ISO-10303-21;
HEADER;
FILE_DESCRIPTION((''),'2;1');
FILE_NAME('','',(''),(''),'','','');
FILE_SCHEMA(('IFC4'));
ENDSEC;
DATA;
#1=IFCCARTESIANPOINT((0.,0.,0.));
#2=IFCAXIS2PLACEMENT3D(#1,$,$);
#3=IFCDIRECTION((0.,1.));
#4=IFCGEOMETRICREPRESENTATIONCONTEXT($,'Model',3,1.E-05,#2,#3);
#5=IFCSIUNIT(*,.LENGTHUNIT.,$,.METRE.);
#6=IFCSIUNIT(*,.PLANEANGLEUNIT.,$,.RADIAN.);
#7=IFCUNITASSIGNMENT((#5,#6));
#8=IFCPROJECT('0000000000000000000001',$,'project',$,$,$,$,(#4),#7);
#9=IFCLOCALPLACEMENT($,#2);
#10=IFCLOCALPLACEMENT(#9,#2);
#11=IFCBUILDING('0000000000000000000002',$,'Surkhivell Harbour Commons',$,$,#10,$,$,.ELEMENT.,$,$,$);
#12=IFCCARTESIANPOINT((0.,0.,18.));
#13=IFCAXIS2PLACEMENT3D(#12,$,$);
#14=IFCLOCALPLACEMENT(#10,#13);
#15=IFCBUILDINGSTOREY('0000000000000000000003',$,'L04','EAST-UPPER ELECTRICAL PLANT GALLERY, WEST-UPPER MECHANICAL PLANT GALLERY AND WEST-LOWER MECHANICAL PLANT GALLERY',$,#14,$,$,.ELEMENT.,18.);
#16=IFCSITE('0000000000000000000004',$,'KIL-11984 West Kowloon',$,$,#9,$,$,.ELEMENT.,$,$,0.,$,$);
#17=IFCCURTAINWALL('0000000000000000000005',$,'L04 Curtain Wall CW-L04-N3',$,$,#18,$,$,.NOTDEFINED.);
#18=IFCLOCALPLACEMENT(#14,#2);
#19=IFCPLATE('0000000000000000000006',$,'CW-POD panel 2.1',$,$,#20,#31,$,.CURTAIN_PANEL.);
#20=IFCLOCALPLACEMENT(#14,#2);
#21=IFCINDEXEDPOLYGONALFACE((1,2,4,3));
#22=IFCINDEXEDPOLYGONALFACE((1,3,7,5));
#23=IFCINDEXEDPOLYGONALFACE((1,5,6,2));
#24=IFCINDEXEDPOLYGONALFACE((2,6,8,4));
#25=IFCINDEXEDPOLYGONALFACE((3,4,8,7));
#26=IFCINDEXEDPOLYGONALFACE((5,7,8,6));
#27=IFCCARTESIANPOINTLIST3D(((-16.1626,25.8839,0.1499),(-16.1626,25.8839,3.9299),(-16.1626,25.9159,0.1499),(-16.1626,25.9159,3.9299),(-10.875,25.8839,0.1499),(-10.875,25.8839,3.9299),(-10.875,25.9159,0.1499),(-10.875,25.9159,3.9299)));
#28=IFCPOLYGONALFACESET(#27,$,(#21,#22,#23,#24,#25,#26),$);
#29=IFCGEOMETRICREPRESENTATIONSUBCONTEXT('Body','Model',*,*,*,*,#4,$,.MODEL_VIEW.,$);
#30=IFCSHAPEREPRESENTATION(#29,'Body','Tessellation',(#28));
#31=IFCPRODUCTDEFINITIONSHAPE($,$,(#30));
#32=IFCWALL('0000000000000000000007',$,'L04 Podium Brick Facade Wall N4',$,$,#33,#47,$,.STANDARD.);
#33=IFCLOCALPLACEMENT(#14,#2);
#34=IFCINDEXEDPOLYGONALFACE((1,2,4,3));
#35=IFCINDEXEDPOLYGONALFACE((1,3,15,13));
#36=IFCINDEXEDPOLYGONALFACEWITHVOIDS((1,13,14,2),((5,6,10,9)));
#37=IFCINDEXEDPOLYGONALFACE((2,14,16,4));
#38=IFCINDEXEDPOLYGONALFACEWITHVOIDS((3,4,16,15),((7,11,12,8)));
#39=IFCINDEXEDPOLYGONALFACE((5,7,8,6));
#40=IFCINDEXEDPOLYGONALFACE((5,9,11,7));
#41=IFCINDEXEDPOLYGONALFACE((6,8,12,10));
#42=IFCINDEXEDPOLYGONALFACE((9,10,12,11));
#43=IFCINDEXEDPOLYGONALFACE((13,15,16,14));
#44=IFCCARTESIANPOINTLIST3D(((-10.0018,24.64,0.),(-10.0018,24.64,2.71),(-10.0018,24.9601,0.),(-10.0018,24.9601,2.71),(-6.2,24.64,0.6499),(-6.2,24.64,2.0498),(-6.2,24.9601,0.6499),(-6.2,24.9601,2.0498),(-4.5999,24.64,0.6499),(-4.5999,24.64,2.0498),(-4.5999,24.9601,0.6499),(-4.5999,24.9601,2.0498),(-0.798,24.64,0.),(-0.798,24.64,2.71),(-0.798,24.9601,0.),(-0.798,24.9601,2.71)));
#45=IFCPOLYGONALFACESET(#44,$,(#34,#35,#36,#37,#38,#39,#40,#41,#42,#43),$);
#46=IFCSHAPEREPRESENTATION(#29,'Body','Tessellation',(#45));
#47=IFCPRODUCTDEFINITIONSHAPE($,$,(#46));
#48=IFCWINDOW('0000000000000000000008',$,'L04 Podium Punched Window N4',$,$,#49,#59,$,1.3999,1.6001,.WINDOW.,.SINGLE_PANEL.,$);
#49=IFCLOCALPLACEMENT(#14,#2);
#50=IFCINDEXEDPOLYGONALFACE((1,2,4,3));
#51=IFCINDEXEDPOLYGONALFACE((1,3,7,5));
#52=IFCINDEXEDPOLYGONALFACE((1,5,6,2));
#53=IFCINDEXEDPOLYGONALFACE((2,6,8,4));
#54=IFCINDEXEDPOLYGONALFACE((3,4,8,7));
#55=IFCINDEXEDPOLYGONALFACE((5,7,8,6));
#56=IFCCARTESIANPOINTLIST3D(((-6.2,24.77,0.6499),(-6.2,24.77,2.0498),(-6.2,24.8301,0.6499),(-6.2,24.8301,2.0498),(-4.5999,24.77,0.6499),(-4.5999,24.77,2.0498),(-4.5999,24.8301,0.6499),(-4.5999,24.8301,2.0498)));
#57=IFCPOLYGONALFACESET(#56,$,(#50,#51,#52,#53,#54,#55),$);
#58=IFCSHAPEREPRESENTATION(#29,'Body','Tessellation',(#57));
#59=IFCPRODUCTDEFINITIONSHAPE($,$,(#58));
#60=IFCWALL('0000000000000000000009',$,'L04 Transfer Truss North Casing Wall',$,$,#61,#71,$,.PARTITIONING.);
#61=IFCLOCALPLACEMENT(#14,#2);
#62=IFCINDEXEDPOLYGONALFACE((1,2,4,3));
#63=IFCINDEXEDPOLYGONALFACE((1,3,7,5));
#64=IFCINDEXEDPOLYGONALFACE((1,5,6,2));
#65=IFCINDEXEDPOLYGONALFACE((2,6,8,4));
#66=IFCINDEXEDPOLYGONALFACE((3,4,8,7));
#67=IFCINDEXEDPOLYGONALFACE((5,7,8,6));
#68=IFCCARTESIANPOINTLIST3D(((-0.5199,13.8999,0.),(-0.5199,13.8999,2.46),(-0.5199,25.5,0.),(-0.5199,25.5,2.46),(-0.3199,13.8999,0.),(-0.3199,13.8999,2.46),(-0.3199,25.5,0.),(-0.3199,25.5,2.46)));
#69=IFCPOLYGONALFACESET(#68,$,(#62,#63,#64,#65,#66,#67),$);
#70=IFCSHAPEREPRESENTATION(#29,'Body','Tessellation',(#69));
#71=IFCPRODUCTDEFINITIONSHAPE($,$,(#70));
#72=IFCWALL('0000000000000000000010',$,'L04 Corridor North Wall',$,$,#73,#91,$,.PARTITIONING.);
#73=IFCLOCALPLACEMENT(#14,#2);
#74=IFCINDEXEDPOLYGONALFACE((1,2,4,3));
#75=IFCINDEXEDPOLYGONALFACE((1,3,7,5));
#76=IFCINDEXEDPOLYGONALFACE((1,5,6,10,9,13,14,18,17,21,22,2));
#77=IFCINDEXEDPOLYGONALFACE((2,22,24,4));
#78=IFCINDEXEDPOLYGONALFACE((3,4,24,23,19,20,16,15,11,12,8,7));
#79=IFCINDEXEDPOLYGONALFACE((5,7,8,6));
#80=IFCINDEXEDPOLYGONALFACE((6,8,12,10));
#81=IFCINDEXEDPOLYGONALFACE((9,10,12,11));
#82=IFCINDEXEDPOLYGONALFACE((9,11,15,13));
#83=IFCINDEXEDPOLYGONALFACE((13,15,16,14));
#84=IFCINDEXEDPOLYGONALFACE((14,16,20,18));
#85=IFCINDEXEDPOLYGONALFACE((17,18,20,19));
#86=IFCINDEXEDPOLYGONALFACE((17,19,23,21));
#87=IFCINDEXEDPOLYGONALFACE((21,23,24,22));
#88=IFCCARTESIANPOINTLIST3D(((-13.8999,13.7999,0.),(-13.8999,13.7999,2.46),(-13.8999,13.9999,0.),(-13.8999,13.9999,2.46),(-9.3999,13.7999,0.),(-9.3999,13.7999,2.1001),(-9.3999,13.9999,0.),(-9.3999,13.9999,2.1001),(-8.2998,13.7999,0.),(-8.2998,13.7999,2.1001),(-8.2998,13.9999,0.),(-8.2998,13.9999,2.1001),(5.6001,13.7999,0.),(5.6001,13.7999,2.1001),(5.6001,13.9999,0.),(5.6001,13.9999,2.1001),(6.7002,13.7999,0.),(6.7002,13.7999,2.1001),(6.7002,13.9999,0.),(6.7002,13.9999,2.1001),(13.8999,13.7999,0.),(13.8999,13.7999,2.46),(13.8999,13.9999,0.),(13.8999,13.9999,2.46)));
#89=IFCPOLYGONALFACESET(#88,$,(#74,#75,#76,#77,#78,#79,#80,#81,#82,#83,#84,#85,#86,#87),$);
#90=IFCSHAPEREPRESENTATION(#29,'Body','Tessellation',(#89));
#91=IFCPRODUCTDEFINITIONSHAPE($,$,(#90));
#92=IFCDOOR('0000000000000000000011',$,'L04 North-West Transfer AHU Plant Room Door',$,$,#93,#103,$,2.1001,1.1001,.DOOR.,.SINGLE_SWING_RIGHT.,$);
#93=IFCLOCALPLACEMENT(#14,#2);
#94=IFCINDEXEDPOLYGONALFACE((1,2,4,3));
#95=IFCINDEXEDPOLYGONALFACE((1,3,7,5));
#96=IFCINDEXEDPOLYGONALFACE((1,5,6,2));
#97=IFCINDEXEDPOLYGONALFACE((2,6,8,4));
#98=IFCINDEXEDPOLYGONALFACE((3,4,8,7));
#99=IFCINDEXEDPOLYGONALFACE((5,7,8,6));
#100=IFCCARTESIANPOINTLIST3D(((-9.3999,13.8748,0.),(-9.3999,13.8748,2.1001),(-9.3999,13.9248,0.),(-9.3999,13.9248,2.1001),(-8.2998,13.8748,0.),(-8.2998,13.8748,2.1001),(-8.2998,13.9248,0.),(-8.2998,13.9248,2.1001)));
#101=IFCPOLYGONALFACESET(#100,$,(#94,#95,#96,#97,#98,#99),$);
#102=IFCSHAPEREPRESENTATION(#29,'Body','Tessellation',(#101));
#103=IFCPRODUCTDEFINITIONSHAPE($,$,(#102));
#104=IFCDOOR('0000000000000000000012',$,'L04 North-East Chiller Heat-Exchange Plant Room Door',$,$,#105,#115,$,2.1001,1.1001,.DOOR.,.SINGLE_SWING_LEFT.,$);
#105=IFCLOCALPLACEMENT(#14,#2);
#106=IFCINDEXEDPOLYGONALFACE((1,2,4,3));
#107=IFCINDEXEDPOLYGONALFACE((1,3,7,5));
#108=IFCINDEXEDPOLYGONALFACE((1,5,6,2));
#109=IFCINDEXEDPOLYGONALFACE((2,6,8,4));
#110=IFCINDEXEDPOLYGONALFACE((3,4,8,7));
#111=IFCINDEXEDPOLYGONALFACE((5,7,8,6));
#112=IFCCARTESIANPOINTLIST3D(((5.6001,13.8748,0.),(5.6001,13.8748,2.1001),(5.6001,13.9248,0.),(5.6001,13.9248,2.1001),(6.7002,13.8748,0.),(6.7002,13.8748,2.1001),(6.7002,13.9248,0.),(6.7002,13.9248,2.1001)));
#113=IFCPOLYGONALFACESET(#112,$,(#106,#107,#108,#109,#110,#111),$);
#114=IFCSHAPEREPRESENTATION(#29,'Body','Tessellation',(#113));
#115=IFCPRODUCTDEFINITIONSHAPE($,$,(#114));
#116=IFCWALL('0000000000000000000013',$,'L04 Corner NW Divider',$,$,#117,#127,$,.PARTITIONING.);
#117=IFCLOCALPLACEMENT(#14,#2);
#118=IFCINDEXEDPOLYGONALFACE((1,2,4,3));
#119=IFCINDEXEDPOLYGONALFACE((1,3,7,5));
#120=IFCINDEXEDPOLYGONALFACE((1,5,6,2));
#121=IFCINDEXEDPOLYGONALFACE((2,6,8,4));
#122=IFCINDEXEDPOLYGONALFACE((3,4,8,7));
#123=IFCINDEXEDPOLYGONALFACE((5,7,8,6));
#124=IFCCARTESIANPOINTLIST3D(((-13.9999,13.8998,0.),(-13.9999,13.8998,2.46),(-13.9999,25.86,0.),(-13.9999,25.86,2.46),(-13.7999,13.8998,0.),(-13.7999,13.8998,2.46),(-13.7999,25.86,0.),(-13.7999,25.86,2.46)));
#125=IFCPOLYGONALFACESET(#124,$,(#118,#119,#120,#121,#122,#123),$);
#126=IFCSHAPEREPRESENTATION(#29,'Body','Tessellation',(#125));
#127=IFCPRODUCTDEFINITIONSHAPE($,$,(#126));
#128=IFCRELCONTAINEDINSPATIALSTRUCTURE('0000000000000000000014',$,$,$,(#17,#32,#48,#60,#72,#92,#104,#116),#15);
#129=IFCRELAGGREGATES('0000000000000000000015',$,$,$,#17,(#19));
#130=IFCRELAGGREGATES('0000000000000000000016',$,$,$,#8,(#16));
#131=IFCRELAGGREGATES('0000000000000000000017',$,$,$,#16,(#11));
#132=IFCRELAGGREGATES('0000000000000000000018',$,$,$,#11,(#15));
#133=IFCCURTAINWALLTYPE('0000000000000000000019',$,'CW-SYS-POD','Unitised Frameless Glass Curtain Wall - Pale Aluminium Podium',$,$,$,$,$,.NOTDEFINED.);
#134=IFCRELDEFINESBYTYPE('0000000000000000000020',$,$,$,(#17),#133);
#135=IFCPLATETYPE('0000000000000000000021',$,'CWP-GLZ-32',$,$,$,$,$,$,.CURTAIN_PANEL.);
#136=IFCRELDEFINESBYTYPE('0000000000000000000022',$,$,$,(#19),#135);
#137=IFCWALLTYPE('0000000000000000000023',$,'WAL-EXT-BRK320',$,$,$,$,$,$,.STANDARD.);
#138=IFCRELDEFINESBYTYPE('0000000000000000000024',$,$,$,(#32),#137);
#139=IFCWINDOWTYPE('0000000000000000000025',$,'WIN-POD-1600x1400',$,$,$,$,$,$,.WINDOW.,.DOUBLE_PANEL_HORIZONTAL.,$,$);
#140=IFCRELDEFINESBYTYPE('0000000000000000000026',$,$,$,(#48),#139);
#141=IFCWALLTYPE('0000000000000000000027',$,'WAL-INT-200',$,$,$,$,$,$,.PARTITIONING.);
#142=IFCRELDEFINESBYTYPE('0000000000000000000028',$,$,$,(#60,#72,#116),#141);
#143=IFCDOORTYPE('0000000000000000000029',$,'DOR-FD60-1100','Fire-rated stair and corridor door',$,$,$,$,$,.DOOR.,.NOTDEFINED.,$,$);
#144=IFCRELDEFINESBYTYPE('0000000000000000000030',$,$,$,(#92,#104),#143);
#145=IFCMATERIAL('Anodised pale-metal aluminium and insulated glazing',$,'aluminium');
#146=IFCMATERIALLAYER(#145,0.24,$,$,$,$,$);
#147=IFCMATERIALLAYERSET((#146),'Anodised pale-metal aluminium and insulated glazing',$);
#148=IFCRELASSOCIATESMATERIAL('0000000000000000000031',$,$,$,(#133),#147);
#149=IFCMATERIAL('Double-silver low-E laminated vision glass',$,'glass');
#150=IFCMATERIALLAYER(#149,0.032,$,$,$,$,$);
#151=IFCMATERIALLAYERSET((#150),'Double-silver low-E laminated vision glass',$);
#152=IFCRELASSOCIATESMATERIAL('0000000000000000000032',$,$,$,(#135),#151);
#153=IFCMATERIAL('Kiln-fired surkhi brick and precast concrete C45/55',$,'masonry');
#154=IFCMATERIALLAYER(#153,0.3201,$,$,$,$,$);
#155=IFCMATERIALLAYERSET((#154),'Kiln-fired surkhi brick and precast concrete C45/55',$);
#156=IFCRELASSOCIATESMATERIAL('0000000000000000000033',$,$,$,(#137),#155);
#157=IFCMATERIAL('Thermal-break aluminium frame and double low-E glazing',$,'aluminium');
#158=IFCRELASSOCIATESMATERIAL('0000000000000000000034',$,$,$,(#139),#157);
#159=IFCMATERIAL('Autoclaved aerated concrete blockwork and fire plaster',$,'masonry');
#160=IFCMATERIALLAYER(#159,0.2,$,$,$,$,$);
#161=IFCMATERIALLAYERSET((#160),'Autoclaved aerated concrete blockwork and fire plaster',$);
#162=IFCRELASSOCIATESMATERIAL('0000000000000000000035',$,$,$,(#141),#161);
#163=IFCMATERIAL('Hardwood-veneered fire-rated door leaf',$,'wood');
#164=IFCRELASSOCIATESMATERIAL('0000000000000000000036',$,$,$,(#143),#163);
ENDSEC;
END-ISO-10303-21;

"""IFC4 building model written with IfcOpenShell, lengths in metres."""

from ifc_helpers import new_model, si_unit, direction, frame, frame_2d, origin, place, context, subcontext, project, spatial, rectangle, extrude, material, layer, layer_set, type_object, element, fill, aggregate, save


model = new_model("IFC4")

# Units and contexts
model_context = context("Model", 3, precision=1e-05, world=origin(), true_north=direction((0.0, 1.0)))
body_context = subcontext(model_context, "Body", "Model", "MODEL_VIEW")
ifc_project = project(units=[si_unit("LENGTHUNIT", "METRE"), si_unit("PLANEANGLEUNIT", "RADIAN")], contexts=[model_context])

# Site, building, storey
site_placement = place(None, origin())
site = spatial("IfcSite", under=ifc_project, at=site_placement, Name="KIL-11984 West Kowloon", CompositionType="ELEMENT", RefElevation=0.0)
building_placement = place(site_placement, origin())
building = spatial("IfcBuilding", under=site, at=building_placement, Name="Surkhivell Harbour Commons", CompositionType="ELEMENT")
storey_placement = place(building_placement, frame((0.0, 0.0, 18.0)))
storey = spatial("IfcBuildingStorey", under=building, at=storey_placement, Name="L04", Description="EAST-UPPER ELECTRICAL PLANT GALLERY, WEST-UPPER MECHANICAL PLANT GALLERY AND WEST-LOWER MECHANICAL PLANT GALLERY", CompositionType="ELEMENT", Elevation=18.0)

# Curtain wall, plate
ifc_material_1 = material(Name="Anodised pale-metal aluminium and insulated glazing", Category="aluminium")
ifc_layer_1 = layer(ifc_material_1, 0.24)
ifc_layer_set_1 = layer_set([ifc_layer_1], Name="Anodised pale-metal aluminium and insulated glazing")
curtain_wall_type = type_object("IfcCurtainWallType", Name="CW-SYS-POD", Description="Unitised Frameless Glass Curtain Wall - Pale Aluminium Podium", PredefinedType="NOTDEFINED", material=ifc_layer_set_1)
curtain_wall_placement = place(storey_placement, origin())
curtain_wall = element("IfcCurtainWall", 1, at=curtain_wall_placement, inside=storey, type_object=curtain_wall_type, Name="L04 Curtain Wall CW-L04-N3", PredefinedType="NOTDEFINED")
ifc_material_2 = material(Name="Double-silver low-E laminated vision glass", Category="glass")
ifc_layer_2 = layer(ifc_material_2, 0.032)
ifc_layer_set_2 = layer_set([ifc_layer_2], Name="Double-silver low-E laminated vision glass")
plate_type = type_object("IfcPlateType", Name="CWP-GLZ-32", PredefinedType="CURTAIN_PANEL", material=ifc_layer_set_2)
plate_1_placement = place(storey_placement, frame((-16.1626, 25.8999, 0.1499), z_axis=(0.0, 0.0, 1.0), x_axis=(1.0, 0.0, 0.0)))
plate_1 = element("IfcPlate", 2, at=plate_1_placement, type_object=plate_type, Name="CW-POD panel 2.1", PredefinedType="CURTAIN_PANEL", context=body_context, shape_type="SweptSolid", body=[
    extrude(rectangle(XDim=5.2876, YDim=0.032, at=frame_2d((2.6438, 0.0))), origin(), (0.0, 0.0, 1.0), 3.78),
])
aggregate(curtain_wall, [plate_1])

# Wall, opening, window
ifc_material_3 = material(Name="Kiln-fired surkhi brick and precast concrete C45/55", Category="masonry")
ifc_layer_3 = layer(ifc_material_3, 0.3201)
ifc_layer_set_3 = layer_set([ifc_layer_3], Name="Kiln-fired surkhi brick and precast concrete C45/55")
wall_type_1 = type_object("IfcWallType", Name="WAL-EXT-BRK320", PredefinedType="STANDARD", material=ifc_layer_set_3)
wall_1_placement = place(storey_placement, frame((-10.002, 24.8, 0.0), z_axis=(0.0, 0.0, 1.0), x_axis=(1.0, 0.0, 0.0)))
wall_1 = element("IfcWall", 3, at=wall_1_placement, inside=storey, type_object=wall_type_1, Name="L04 Podium Brick Facade Wall N4", PredefinedType="STANDARD", context=body_context, shape_type="SweptSolid", body=[
    extrude(rectangle(XDim=9.2039, YDim=0.3201, at=frame_2d((4.6021, 0.0))), origin(), (0.0, 0.0, 1.0), 2.71),
])
opening_1_placement = place(wall_1_placement, frame((3.802, 0.0, 0.6499)))
opening_1 = element("IfcOpeningElement", 4, at=opening_1_placement, cuts=wall_1, PredefinedType="OPENING", context=body_context, shape_type="SweptSolid", body=[
    extrude(rectangle(XDim=1.6001, YDim=1.3999, at=frame_2d((0.8, 0.7))), frame((0.0, 0.1699, 0.0), z_axis=(0.0, -1.0, 0.0), x_axis=(1.0, 0.0, 0.0)), (0.0, 0.0, 1.0), 0.3401),
])
ifc_material_4 = material(Name="Thermal-break aluminium frame and double low-E glazing", Category="aluminium")
window_type = type_object("IfcWindowType", Name="WIN-POD-1600x1400", PartitioningType="DOUBLE_PANEL_HORIZONTAL", PredefinedType="WINDOW", material=ifc_material_4)
window_placement = place(opening_1_placement, origin())
window = element("IfcWindow", 5, at=window_placement, inside=storey, type_object=window_type, Name="L04 Podium Punched Window N4", OverallHeight=1.3999, OverallWidth=1.6001, PartitioningType="SINGLE_PANEL", PredefinedType="WINDOW", context=body_context, shape_type="SweptSolid", body=[
    extrude(rectangle(XDim=1.6001, YDim=1.3999, at=frame_2d((0.8, 0.7))), frame((0.0, 0.03, 0.0), z_axis=(0.0, -1.0, 0.0), x_axis=(1.0, 0.0, 0.0)), (0.0, 0.0, 1.0), 0.0601),
])
fill(opening_1, window)

# Wall
ifc_material_5 = material(Name="Autoclaved aerated concrete blockwork and fire plaster", Category="masonry")
ifc_layer_4 = layer(ifc_material_5, 0.2)
ifc_layer_set_4 = layer_set([ifc_layer_4], Name="Autoclaved aerated concrete blockwork and fire plaster")
wall_type_2 = type_object("IfcWallType", Name="WAL-INT-200", PredefinedType="PARTITIONING", material=ifc_layer_set_4)
wall_2_placement = place(storey_placement, frame((-0.4199, 13.8999, 0.0), z_axis=(0.0, 0.0, 1.0), x_axis=(0.0, 1.0, 0.0)))
element("IfcWall", 6, at=wall_2_placement, inside=storey, type_object=wall_type_2, Name="L04 Transfer Truss North Casing Wall", PredefinedType="PARTITIONING", context=body_context, shape_type="SweptSolid", body=[
    extrude(rectangle(XDim=11.6001, YDim=0.2, at=frame_2d((5.8, 0.0))), origin(), (0.0, 0.0, 1.0), 2.46),
])

# Wall, openings, doors
wall_3_placement = place(storey_placement, frame((-13.8999, 13.8999, 0.0), z_axis=(0.0, 0.0, 1.0), x_axis=(1.0, 0.0, 0.0)))
wall_3 = element("IfcWall", 7, at=wall_3_placement, inside=storey, type_object=wall_type_2, Name="L04 Corridor North Wall", PredefinedType="PARTITIONING", context=body_context, shape_type="SweptSolid", body=[
    extrude(rectangle(XDim=27.7998, YDim=0.2, at=frame_2d((13.8999, 0.0))), origin(), (0.0, 0.0, 1.0), 2.46),
])
opening_2_placement = place(wall_3_placement, frame((4.5, 0.0, 0.0)))
opening_2 = element("IfcOpeningElement", 8, at=opening_2_placement, cuts=wall_3, PredefinedType="OPENING", context=body_context, shape_type="SweptSolid", body=[
    extrude(rectangle(XDim=1.1001, YDim=2.1001, at=frame_2d((0.55, 1.05))), frame((0.0, 0.1099, 0.0), z_axis=(0.0, -1.0, 0.0), x_axis=(1.0, 0.0, 0.0)), (0.0, 0.0, 1.0), 0.22),
])
opening_3_placement = place(wall_3_placement, frame((19.5, 0.0, 0.0)))
opening_3 = element("IfcOpeningElement", 9, at=opening_3_placement, cuts=wall_3, PredefinedType="OPENING", context=body_context, shape_type="SweptSolid", body=[
    extrude(rectangle(XDim=1.1001, YDim=2.1001, at=frame_2d((0.55, 1.05))), frame((0.0, 0.1099, 0.0), z_axis=(0.0, -1.0, 0.0), x_axis=(1.0, 0.0, 0.0)), (0.0, 0.0, 1.0), 0.22),
])
ifc_material_6 = material(Name="Hardwood-veneered fire-rated door leaf", Category="wood")
door_type = type_object("IfcDoorType", Name="DOR-FD60-1100", Description="Fire-rated stair and corridor door", OperationType="NOTDEFINED", PredefinedType="DOOR", material=ifc_material_6)
door_1_placement = place(opening_2_placement, origin())
door_1 = element("IfcDoor", 10, at=door_1_placement, inside=storey, type_object=door_type, Name="L04 North-West Transfer AHU Plant Room Door", OperationType="SINGLE_SWING_RIGHT", OverallHeight=2.1001, OverallWidth=1.1001, PredefinedType="DOOR", context=body_context, shape_type="SweptSolid", body=[
    extrude(rectangle(XDim=1.1001, YDim=2.1001, at=frame_2d((0.55, 1.05))), frame((0.0, 0.0249, 0.0), z_axis=(0.0, -1.0, 0.0), x_axis=(1.0, 0.0, 0.0)), (0.0, 0.0, 1.0), 0.05),
])
fill(opening_2, door_1)
door_2_placement = place(opening_3_placement, origin())
door_2 = element("IfcDoor", 11, at=door_2_placement, inside=storey, type_object=door_type, Name="L04 North-East Chiller Heat-Exchange Plant Room Door", OperationType="SINGLE_SWING_LEFT", OverallHeight=2.1001, OverallWidth=1.1001, PredefinedType="DOOR", context=body_context, shape_type="SweptSolid", body=[
    extrude(rectangle(XDim=1.1001, YDim=2.1001, at=frame_2d((0.55, 1.05))), frame((0.0, 0.0249, 0.0), z_axis=(0.0, -1.0, 0.0), x_axis=(1.0, 0.0, 0.0)), (0.0, 0.0, 1.0), 0.05),
])
fill(opening_3, door_2)

# Wall
wall_4_placement = place(storey_placement, frame((-13.8999, 13.8999, 0.0), z_axis=(0.0, 0.0, 1.0), x_axis=(0.0, 1.0, 0.0)))
element("IfcWall", 12, at=wall_4_placement, inside=storey, type_object=wall_type_2, Name="L04 Corner NW Divider", PredefinedType="PARTITIONING", context=body_context, shape_type="SweptSolid", body=[
    extrude(rectangle(XDim=11.9602, YDim=0.2, at=frame_2d((5.98, 0.0))), origin(), (0.0, 0.0, 1.0), 2.46),
])

save(model, "model.ifc")
